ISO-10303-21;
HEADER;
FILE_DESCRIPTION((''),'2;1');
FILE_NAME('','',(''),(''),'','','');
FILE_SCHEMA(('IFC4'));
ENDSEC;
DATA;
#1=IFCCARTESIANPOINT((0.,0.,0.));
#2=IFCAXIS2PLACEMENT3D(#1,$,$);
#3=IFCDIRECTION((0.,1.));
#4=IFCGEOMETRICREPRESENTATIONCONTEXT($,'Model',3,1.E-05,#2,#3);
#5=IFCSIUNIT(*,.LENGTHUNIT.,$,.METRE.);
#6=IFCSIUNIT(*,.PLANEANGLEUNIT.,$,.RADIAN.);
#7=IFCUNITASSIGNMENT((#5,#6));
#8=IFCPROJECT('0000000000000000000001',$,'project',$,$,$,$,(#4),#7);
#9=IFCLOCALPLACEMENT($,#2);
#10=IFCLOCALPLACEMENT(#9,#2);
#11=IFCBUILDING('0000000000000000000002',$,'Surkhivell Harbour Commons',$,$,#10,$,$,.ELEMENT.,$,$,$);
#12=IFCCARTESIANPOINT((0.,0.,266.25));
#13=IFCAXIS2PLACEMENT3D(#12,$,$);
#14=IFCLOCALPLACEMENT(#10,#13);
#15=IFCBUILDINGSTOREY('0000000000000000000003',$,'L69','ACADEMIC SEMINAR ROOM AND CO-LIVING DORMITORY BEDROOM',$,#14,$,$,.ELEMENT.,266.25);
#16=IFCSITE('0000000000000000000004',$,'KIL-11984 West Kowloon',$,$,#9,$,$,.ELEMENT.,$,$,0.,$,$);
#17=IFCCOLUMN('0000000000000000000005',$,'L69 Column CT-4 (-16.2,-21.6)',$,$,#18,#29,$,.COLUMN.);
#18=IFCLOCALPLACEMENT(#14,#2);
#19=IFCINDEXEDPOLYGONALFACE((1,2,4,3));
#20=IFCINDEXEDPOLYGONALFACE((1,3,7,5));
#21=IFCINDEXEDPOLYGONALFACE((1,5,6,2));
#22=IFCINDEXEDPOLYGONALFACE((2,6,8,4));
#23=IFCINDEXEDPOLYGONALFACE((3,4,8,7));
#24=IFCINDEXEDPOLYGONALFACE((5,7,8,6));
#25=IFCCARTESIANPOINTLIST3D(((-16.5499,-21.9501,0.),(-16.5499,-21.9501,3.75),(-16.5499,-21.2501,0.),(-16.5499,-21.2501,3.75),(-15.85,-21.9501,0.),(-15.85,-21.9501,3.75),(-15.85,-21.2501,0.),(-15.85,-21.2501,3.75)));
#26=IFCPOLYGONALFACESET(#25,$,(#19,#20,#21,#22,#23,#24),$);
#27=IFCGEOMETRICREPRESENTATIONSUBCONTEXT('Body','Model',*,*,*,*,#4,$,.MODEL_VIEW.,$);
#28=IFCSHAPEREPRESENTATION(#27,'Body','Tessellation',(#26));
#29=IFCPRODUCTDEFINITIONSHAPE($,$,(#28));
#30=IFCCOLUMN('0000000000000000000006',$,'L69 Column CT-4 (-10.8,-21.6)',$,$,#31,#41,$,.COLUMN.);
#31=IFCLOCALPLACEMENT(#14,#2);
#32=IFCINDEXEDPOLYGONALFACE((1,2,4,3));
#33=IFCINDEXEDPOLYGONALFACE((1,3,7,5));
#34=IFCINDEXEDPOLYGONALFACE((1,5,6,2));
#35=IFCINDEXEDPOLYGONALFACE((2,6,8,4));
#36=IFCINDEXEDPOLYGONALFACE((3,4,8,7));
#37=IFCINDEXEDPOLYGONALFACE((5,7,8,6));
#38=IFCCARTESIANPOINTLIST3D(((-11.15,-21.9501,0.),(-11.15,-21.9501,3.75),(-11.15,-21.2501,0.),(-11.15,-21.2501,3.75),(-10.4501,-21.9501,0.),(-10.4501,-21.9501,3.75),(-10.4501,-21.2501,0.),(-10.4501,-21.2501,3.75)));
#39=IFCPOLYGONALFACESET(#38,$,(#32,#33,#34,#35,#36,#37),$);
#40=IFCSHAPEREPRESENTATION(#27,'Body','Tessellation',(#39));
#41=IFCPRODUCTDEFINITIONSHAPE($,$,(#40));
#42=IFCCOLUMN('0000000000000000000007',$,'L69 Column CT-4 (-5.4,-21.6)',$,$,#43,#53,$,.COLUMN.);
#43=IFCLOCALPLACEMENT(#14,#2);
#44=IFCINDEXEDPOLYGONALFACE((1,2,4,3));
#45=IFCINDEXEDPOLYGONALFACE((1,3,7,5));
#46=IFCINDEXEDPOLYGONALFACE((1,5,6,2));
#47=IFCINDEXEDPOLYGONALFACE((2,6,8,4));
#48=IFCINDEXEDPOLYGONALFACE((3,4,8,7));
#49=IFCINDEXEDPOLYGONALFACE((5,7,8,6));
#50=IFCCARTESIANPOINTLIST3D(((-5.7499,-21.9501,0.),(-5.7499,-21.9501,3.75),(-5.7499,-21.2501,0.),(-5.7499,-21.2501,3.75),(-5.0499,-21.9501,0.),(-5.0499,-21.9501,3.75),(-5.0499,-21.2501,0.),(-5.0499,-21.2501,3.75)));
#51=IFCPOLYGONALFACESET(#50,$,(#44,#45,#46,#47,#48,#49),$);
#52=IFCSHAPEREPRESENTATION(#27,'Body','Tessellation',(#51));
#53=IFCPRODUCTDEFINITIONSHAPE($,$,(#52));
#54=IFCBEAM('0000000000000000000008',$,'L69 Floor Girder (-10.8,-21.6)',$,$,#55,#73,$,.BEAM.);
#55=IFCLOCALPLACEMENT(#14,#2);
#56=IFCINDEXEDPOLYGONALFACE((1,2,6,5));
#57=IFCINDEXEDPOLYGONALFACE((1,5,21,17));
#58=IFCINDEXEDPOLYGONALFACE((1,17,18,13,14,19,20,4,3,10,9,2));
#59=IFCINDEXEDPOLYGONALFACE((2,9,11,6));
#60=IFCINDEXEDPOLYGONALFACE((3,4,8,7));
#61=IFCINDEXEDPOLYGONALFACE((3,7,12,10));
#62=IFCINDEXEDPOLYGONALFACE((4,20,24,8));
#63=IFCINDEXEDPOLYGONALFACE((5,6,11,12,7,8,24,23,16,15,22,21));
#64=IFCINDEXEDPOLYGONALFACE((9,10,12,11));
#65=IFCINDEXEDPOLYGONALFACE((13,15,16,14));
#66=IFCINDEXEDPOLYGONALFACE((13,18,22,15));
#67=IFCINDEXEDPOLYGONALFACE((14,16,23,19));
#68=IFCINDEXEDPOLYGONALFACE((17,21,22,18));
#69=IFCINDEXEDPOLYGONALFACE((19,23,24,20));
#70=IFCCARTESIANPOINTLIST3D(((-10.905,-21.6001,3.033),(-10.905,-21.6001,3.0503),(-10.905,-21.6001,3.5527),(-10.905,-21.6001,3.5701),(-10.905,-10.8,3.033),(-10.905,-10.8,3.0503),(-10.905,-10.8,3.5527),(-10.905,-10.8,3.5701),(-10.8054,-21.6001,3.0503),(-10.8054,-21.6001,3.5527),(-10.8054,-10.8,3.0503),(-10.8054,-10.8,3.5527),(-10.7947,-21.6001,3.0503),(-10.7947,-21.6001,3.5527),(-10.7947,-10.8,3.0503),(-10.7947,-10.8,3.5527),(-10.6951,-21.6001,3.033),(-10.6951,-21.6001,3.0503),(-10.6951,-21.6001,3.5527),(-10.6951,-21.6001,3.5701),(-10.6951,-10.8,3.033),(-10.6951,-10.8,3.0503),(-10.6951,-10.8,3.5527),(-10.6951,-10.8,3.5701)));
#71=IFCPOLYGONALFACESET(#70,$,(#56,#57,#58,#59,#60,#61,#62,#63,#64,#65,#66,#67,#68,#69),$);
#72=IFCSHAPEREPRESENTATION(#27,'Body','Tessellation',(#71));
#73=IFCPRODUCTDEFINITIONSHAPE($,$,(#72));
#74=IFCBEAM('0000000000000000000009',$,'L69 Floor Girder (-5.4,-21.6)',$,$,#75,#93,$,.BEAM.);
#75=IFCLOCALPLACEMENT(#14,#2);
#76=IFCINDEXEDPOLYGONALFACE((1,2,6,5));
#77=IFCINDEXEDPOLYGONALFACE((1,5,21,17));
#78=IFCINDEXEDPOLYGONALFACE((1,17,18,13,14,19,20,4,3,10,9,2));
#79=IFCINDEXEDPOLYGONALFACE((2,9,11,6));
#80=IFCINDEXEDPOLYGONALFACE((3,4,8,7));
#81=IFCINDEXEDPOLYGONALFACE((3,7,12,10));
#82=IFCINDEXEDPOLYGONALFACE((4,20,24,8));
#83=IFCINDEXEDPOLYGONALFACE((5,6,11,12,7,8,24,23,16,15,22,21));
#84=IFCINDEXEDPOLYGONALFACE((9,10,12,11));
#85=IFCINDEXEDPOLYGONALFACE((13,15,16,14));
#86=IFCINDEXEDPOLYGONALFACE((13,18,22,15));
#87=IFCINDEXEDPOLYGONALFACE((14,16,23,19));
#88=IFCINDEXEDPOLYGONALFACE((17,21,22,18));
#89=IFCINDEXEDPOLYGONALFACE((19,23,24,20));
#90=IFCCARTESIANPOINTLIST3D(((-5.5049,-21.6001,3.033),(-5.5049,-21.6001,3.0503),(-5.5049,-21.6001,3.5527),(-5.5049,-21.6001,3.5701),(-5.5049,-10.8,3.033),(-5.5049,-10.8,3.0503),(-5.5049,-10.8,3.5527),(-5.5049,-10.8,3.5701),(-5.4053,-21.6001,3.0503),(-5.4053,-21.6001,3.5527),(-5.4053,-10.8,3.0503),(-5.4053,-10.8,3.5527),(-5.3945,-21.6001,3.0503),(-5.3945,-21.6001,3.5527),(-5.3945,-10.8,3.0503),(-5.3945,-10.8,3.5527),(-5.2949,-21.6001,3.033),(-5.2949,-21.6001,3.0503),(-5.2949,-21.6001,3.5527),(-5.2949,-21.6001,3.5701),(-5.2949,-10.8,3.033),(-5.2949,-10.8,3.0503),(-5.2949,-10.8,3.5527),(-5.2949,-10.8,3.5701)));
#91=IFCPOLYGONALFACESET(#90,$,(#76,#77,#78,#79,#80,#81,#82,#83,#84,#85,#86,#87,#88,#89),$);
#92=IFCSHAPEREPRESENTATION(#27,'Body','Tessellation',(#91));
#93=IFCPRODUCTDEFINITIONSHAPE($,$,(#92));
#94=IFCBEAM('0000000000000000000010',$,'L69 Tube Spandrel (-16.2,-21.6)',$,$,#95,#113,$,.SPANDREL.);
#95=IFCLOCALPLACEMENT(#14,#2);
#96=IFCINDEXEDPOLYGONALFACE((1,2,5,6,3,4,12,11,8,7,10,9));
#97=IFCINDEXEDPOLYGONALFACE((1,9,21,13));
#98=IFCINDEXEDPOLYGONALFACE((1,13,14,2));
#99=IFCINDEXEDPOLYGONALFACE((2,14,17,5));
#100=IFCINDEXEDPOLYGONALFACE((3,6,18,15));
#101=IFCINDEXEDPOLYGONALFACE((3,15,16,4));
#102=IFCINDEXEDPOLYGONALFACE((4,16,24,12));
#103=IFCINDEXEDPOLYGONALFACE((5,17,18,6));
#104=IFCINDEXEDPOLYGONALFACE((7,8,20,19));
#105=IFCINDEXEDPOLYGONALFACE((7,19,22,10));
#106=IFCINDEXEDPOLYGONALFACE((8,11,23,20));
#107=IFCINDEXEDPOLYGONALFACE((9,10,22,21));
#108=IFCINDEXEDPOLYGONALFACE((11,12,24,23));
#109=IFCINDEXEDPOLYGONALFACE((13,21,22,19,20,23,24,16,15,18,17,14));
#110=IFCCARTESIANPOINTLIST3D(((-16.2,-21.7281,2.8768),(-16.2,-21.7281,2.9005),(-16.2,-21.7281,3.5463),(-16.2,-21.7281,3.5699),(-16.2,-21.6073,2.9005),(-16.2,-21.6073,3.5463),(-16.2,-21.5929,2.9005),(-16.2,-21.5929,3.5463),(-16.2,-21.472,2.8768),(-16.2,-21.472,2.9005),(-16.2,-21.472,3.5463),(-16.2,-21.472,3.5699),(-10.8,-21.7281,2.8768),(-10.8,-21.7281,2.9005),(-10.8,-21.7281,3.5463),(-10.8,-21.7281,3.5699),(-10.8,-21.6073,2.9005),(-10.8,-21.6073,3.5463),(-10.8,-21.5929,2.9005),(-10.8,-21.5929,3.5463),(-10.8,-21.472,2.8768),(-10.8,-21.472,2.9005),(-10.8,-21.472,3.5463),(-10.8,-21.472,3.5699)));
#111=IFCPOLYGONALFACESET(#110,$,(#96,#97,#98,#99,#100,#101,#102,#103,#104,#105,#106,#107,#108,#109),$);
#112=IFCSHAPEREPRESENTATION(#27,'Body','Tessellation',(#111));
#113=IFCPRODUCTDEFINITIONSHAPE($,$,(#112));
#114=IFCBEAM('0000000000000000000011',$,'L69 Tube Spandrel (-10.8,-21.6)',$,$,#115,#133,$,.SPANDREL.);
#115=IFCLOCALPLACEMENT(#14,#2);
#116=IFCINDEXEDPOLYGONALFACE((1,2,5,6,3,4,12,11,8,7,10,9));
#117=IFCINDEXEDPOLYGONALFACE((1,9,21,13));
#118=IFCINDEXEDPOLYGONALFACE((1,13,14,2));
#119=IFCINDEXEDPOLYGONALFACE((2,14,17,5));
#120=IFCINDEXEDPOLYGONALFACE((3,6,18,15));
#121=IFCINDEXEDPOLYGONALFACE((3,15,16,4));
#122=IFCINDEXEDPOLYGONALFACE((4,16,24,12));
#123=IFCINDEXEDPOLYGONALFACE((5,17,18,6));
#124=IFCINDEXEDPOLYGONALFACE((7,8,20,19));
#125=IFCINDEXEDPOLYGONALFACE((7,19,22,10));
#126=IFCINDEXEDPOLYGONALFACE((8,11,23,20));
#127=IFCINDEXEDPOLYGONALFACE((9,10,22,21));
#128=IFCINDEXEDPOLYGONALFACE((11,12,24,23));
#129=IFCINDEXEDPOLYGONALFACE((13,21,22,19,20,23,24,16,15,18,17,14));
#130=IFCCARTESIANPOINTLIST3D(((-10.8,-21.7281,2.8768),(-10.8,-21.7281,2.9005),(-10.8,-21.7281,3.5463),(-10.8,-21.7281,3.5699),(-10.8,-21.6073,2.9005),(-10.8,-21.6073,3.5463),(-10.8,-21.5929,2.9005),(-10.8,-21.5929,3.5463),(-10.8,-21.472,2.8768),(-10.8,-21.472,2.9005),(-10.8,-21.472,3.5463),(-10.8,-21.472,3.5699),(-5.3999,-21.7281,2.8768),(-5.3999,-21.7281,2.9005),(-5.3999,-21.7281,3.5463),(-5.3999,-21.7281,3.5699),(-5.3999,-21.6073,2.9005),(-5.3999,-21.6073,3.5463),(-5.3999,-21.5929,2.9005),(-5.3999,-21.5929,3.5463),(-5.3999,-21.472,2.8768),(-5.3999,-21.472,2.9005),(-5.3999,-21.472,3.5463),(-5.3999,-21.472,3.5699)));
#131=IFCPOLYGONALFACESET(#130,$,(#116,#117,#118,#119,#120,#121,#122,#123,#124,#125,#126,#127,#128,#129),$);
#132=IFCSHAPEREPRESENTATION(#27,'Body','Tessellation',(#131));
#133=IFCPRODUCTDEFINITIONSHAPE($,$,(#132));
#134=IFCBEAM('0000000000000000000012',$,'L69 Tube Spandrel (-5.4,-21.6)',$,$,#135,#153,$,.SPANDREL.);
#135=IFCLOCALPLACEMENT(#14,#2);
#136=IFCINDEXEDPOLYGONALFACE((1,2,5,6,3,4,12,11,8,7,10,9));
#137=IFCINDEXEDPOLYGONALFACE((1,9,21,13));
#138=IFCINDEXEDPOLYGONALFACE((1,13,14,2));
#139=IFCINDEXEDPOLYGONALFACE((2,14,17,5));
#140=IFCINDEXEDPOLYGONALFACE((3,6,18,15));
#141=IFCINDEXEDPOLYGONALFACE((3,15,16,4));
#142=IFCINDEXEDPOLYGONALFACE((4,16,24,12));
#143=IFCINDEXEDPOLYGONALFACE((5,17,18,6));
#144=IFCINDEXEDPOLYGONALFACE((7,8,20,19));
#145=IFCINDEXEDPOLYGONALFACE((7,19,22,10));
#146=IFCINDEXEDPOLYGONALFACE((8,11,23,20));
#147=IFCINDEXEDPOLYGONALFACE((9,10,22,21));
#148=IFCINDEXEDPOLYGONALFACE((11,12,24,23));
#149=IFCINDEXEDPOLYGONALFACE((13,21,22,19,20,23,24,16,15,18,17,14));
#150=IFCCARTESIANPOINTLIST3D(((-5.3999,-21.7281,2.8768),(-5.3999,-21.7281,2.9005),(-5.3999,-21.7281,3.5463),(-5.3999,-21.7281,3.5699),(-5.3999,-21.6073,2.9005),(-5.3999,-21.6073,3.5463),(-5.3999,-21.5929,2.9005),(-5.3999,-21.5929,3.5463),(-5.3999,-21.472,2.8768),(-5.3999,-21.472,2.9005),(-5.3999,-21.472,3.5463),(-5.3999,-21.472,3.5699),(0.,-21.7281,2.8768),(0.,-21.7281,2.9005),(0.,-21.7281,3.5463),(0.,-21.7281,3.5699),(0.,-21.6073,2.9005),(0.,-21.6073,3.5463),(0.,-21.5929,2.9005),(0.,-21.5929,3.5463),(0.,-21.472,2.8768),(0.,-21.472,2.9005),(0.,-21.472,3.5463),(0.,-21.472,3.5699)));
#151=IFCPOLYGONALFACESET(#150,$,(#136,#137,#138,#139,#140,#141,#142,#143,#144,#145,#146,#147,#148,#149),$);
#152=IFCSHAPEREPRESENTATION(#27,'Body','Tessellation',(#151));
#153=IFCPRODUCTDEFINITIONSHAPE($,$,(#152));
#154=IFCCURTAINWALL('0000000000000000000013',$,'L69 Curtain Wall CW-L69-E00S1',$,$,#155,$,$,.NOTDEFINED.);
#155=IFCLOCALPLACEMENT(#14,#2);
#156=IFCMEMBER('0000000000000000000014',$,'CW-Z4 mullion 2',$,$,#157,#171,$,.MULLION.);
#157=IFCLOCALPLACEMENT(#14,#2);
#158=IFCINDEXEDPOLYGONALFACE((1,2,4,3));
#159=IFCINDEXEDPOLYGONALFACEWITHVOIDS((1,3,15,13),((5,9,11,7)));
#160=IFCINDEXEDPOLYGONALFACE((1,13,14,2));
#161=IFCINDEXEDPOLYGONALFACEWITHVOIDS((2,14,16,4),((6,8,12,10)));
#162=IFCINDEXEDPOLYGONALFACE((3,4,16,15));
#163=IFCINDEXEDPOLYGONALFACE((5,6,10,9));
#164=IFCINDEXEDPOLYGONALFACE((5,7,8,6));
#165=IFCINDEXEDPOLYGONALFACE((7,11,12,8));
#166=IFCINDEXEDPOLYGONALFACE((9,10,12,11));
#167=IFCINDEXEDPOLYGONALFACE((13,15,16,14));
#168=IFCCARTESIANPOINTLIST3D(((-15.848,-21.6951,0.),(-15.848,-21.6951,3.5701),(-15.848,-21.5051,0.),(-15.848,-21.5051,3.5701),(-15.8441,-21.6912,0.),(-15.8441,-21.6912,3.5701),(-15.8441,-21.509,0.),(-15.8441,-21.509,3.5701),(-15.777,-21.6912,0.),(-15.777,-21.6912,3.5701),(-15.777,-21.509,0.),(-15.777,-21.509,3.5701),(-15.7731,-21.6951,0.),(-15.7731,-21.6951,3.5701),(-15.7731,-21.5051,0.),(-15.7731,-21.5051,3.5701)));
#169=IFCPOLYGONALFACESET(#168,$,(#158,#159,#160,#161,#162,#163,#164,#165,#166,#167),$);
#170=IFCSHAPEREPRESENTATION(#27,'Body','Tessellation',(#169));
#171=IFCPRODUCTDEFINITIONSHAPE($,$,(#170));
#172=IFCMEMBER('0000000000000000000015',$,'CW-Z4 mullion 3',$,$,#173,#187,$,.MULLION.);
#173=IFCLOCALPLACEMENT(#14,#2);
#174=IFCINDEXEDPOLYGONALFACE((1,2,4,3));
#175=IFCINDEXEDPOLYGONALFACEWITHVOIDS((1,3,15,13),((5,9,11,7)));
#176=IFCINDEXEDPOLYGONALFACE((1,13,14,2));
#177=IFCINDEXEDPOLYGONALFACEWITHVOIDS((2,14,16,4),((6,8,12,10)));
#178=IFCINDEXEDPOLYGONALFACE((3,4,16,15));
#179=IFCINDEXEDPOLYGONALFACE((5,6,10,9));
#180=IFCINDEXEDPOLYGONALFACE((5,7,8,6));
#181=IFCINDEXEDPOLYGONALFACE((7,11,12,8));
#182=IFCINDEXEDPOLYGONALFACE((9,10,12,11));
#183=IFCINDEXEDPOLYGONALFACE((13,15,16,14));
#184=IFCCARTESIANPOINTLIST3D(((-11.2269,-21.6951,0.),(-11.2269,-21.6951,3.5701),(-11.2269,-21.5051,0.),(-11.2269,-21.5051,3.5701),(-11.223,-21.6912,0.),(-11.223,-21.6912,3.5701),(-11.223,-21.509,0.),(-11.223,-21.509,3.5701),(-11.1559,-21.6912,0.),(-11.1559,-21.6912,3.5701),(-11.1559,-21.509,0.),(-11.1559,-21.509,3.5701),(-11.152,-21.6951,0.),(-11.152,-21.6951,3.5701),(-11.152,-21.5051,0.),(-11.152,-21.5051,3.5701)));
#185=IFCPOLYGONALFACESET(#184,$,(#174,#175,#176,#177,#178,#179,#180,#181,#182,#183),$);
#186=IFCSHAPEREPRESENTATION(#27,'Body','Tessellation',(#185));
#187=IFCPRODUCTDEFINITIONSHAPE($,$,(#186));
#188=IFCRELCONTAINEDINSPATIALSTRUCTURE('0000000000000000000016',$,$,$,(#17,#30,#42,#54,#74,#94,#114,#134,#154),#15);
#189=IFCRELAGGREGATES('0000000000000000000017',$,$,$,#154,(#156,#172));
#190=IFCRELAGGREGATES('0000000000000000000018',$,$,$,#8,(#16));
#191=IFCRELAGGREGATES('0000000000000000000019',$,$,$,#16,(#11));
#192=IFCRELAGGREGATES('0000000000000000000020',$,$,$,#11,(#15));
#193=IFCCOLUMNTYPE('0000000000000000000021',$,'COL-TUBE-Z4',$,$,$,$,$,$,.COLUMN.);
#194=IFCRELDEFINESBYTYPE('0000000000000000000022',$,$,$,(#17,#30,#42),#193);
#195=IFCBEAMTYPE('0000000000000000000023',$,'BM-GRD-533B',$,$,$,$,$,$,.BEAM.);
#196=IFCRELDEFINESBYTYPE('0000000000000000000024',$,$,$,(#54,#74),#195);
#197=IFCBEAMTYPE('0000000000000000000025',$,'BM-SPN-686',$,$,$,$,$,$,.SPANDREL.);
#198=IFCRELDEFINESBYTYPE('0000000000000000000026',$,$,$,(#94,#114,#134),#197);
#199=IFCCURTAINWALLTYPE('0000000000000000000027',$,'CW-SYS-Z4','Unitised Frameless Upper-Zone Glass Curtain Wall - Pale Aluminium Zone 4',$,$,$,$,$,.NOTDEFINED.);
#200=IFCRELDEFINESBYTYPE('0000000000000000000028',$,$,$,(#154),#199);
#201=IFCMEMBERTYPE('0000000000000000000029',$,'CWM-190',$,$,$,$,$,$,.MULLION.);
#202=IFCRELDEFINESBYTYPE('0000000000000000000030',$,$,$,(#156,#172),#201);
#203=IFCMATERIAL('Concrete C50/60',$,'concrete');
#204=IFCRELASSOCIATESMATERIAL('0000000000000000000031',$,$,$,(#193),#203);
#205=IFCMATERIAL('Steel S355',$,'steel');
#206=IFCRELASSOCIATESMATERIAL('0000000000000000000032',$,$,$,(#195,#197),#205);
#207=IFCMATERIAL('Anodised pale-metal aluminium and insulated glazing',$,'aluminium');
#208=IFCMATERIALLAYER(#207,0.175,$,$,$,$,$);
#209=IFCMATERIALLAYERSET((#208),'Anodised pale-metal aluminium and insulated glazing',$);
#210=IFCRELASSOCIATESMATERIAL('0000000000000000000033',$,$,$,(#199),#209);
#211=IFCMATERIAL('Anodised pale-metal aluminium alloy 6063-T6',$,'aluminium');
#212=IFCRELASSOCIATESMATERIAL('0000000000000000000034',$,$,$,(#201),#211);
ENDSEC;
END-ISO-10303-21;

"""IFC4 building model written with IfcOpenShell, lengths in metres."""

from ifc_helpers import new_model, si_unit, direction, frame, origin, origin_2d, place, context, subcontext, project, spatial, rectangle, hollow_rectangle, i_section, extrude, material, layer, layer_set, material_profile, profile_set, type_object, element, aggregate, save


model = new_model("IFC4")

# Units and contexts
model_context = context("Model", 3, precision=1e-05, world=origin(), true_north=direction((0.0, 1.0)))
body_context = subcontext(model_context, "Body", "Model", "MODEL_VIEW")
ifc_project = project(units=[si_unit("LENGTHUNIT", "METRE"), si_unit("PLANEANGLEUNIT", "RADIAN")], contexts=[model_context])

# Site, building, storey
site_placement = place(None, origin())
site = spatial("IfcSite", under=ifc_project, at=site_placement, Name="KIL-11984 West Kowloon", CompositionType="ELEMENT", RefElevation=0.0)
building_placement = place(site_placement, origin())
building = spatial("IfcBuilding", under=site, at=building_placement, Name="Surkhivell Harbour Commons", CompositionType="ELEMENT")
storey_placement = place(building_placement, frame((0.0, 0.0, 266.25)))
storey = spatial("IfcBuildingStorey", under=building, at=storey_placement, Name="L69", Description="ACADEMIC SEMINAR ROOM AND CO-LIVING DORMITORY BEDROOM", CompositionType="ELEMENT", Elevation=266.25)

# Columns
ifc_material_1 = material(Name="Concrete C50/60", Category="concrete")
ifc_material_profile_1 = material_profile(ifc_material_1, rectangle(XDim=0.7, YDim=0.7, at=origin_2d()), Name="RC-COL-700x700")
ifc_profile_set_1 = profile_set([ifc_material_profile_1], Name="Concrete C50/60")
column_type = type_object("IfcColumnType", Name="COL-TUBE-Z4", PredefinedType="COLUMN", material=ifc_profile_set_1)
for number, where, z_axis, x_axis, name in (
    (1, (-16.2, -21.6001, 0.0), (0.0, 0.0, 1.0), (1.0, 0.0, 0.0), "L69 Column CT-4 (-16.2,-21.6)"),
    (2, (-10.8, -21.6001, 0.0), (0.0, 0.0, 1.0), (1.0, 0.0, 0.0), "L69 Column CT-4 (-10.8,-21.6)"),
    (3, (-5.3999, -21.6001, 0.0), (0.0, 0.0, 1.0), (1.0, 0.0, 0.0), "L69 Column CT-4 (-5.4,-21.6)"),
):
    element("IfcColumn", number, at=place(storey_placement, frame(where, z_axis=z_axis, x_axis=x_axis)), inside=storey, type_object=column_type, Name=name, PredefinedType="COLUMN", context=body_context, shape_type="SweptSolid", body=[
        extrude(rectangle(XDim=0.7, YDim=0.7, at=origin_2d()), origin(), (0.0, 0.0, 1.0), 3.75),
    ])

# Beams
ifc_material_2 = material(Name="Steel S355", Category="steel")
ifc_material_profile_2 = material_profile(ifc_material_2, i_section(OverallWidth=0.21, OverallDepth=0.5371, WebThickness=0.0107, FlangeThickness=0.0173, at=origin_2d()), Name="UB533x210x101")
ifc_profile_set_2 = profile_set([ifc_material_profile_2], Name="Steel S355")
beam_type_1 = type_object("IfcBeamType", Name="BM-GRD-533B", PredefinedType="BEAM", material=ifc_profile_set_2)
for number, where, z_axis, x_axis, name in (
    (4, (-10.8, -21.6001, 3.3015), (0.0, 1.0, 0.0), (-1.0, 0.0, 0.0), "L69 Floor Girder (-10.8,-21.6)"),
    (5, (-5.3999, -21.6001, 3.3015), (0.0, 1.0, 0.0), (-1.0, 0.0, 0.0), "L69 Floor Girder (-5.4,-21.6)"),
):
    element("IfcBeam", number, at=place(storey_placement, frame(where, z_axis=z_axis, x_axis=x_axis)), inside=storey, type_object=beam_type_1, Name=name, PredefinedType="BEAM", context=body_context, shape_type="SweptSolid", body=[
        extrude(i_section(OverallWidth=0.21, OverallDepth=0.5371, WebThickness=0.0107, FlangeThickness=0.0173, at=origin_2d()), origin(), (0.0, 0.0, 1.0), 10.8),
    ])
ifc_material_profile_3 = material_profile(ifc_material_2, i_section(OverallWidth=0.2561, OverallDepth=0.6931, WebThickness=0.0144, FlangeThickness=0.0237, at=origin_2d()), Name="UB686x254x170")
ifc_profile_set_3 = profile_set([ifc_material_profile_3], Name="Steel S355")
beam_type_2 = type_object("IfcBeamType", Name="BM-SPN-686", PredefinedType="SPANDREL", material=ifc_profile_set_3)
beam_1_placement = place(storey_placement, frame((-16.2, -21.6001, 3.2234), z_axis=(1.0, 0.0, 0.0), x_axis=(0.0, 1.0, 0.0)))
element("IfcBeam", 6, at=beam_1_placement, inside=storey, type_object=beam_type_2, Name="L69 Tube Spandrel (-16.2,-21.6)", PredefinedType="SPANDREL", context=body_context, shape_type="SweptSolid", body=[
    extrude(i_section(OverallWidth=0.2561, OverallDepth=0.6931, WebThickness=0.0144, FlangeThickness=0.0237, at=origin_2d()), origin(), (0.0, 0.0, 1.0), 5.3999),
])
beam_2_placement = place(storey_placement, frame((-10.8, -21.6001, 3.2234), z_axis=(1.0, 0.0, 0.0), x_axis=(0.0, 1.0, 0.0)))
element("IfcBeam", 7, at=beam_2_placement, inside=storey, type_object=beam_type_2, Name="L69 Tube Spandrel (-10.8,-21.6)", PredefinedType="SPANDREL", context=body_context, shape_type="SweptSolid", body=[
    extrude(i_section(OverallWidth=0.2561, OverallDepth=0.6931, WebThickness=0.0144, FlangeThickness=0.0237, at=origin_2d()), origin(), (0.0, 0.0, 1.0), 5.4001),
])
beam_3_placement = place(storey_placement, frame((-5.3999, -21.6001, 3.2234), z_axis=(1.0, 0.0, 0.0), x_axis=(0.0, 1.0, 0.0)))
element("IfcBeam", 8, at=beam_3_placement, inside=storey, type_object=beam_type_2, Name="L69 Tube Spandrel (-5.4,-21.6)", PredefinedType="SPANDREL", context=body_context, shape_type="SweptSolid", body=[
    extrude(i_section(OverallWidth=0.2561, OverallDepth=0.6931, WebThickness=0.0144, FlangeThickness=0.0237, at=origin_2d()), origin(), (0.0, 0.0, 1.0), 5.3999),
])

# Curtain wall, members
ifc_material_3 = material(Name="Anodised pale-metal aluminium and insulated glazing", Category="aluminium")
ifc_layer_1 = layer(ifc_material_3, 0.175)
ifc_layer_set_1 = layer_set([ifc_layer_1], Name="Anodised pale-metal aluminium and insulated glazing")
curtain_wall_type = type_object("IfcCurtainWallType", Name="CW-SYS-Z4", Description="Unitised Frameless Upper-Zone Glass Curtain Wall - Pale Aluminium Zone 4", PredefinedType="NOTDEFINED", material=ifc_layer_set_1)
curtain_wall_placement = place(storey_placement, origin())
curtain_wall = element("IfcCurtainWall", 9, at=curtain_wall_placement, inside=storey, type_object=curtain_wall_type, Name="L69 Curtain Wall CW-L69-E00S1", PredefinedType="NOTDEFINED")
ifc_material_4 = material(Name="Anodised pale-metal aluminium alloy 6063-T6", Category="aluminium")
ifc_material_profile_4 = material_profile(ifc_material_4, hollow_rectangle(XDim=0.075, YDim=0.1899, WallThickness=0.0039, at=origin_2d()), Name="ALU-MULL-75x190")
ifc_profile_set_4 = profile_set([ifc_material_profile_4], Name="Anodised pale-metal aluminium alloy 6063-T6")
member_type_1 = type_object("IfcMemberType", Name="CWM-190", PredefinedType="MULLION", material=ifc_profile_set_4)
member_1_placement = place(storey_placement, frame((-15.8105, -21.6001, 0.0), z_axis=(0.0, 0.0, 1.0), x_axis=(1.0, 0.0, 0.0)))
member_1 = element("IfcMember", 10, at=member_1_placement, type_object=member_type_1, Name="CW-Z4 mullion 2", PredefinedType="MULLION", context=body_context, shape_type="SweptSolid", body=[
    extrude(hollow_rectangle(XDim=0.075, YDim=0.1899, WallThickness=0.0039, at=origin_2d()), origin(), (0.0, 0.0, 1.0), 3.5701),
])
member_2_placement = place(storey_placement, frame((-11.1895, -21.6001, 0.0), z_axis=(0.0, 0.0, 1.0), x_axis=(1.0, 0.0, 0.0)))
member_2 = element("IfcMember", 11, at=member_2_placement, type_object=member_type_1, Name="CW-Z4 mullion 3", PredefinedType="MULLION", context=body_context, shape_type="SweptSolid", body=[
    extrude(hollow_rectangle(XDim=0.075, YDim=0.1899, WallThickness=0.0039, at=origin_2d()), origin(), (0.0, 0.0, 1.0), 3.5701),
])

aggregate(curtain_wall, [member_1, member_2])

save(model, "model.ifc")
